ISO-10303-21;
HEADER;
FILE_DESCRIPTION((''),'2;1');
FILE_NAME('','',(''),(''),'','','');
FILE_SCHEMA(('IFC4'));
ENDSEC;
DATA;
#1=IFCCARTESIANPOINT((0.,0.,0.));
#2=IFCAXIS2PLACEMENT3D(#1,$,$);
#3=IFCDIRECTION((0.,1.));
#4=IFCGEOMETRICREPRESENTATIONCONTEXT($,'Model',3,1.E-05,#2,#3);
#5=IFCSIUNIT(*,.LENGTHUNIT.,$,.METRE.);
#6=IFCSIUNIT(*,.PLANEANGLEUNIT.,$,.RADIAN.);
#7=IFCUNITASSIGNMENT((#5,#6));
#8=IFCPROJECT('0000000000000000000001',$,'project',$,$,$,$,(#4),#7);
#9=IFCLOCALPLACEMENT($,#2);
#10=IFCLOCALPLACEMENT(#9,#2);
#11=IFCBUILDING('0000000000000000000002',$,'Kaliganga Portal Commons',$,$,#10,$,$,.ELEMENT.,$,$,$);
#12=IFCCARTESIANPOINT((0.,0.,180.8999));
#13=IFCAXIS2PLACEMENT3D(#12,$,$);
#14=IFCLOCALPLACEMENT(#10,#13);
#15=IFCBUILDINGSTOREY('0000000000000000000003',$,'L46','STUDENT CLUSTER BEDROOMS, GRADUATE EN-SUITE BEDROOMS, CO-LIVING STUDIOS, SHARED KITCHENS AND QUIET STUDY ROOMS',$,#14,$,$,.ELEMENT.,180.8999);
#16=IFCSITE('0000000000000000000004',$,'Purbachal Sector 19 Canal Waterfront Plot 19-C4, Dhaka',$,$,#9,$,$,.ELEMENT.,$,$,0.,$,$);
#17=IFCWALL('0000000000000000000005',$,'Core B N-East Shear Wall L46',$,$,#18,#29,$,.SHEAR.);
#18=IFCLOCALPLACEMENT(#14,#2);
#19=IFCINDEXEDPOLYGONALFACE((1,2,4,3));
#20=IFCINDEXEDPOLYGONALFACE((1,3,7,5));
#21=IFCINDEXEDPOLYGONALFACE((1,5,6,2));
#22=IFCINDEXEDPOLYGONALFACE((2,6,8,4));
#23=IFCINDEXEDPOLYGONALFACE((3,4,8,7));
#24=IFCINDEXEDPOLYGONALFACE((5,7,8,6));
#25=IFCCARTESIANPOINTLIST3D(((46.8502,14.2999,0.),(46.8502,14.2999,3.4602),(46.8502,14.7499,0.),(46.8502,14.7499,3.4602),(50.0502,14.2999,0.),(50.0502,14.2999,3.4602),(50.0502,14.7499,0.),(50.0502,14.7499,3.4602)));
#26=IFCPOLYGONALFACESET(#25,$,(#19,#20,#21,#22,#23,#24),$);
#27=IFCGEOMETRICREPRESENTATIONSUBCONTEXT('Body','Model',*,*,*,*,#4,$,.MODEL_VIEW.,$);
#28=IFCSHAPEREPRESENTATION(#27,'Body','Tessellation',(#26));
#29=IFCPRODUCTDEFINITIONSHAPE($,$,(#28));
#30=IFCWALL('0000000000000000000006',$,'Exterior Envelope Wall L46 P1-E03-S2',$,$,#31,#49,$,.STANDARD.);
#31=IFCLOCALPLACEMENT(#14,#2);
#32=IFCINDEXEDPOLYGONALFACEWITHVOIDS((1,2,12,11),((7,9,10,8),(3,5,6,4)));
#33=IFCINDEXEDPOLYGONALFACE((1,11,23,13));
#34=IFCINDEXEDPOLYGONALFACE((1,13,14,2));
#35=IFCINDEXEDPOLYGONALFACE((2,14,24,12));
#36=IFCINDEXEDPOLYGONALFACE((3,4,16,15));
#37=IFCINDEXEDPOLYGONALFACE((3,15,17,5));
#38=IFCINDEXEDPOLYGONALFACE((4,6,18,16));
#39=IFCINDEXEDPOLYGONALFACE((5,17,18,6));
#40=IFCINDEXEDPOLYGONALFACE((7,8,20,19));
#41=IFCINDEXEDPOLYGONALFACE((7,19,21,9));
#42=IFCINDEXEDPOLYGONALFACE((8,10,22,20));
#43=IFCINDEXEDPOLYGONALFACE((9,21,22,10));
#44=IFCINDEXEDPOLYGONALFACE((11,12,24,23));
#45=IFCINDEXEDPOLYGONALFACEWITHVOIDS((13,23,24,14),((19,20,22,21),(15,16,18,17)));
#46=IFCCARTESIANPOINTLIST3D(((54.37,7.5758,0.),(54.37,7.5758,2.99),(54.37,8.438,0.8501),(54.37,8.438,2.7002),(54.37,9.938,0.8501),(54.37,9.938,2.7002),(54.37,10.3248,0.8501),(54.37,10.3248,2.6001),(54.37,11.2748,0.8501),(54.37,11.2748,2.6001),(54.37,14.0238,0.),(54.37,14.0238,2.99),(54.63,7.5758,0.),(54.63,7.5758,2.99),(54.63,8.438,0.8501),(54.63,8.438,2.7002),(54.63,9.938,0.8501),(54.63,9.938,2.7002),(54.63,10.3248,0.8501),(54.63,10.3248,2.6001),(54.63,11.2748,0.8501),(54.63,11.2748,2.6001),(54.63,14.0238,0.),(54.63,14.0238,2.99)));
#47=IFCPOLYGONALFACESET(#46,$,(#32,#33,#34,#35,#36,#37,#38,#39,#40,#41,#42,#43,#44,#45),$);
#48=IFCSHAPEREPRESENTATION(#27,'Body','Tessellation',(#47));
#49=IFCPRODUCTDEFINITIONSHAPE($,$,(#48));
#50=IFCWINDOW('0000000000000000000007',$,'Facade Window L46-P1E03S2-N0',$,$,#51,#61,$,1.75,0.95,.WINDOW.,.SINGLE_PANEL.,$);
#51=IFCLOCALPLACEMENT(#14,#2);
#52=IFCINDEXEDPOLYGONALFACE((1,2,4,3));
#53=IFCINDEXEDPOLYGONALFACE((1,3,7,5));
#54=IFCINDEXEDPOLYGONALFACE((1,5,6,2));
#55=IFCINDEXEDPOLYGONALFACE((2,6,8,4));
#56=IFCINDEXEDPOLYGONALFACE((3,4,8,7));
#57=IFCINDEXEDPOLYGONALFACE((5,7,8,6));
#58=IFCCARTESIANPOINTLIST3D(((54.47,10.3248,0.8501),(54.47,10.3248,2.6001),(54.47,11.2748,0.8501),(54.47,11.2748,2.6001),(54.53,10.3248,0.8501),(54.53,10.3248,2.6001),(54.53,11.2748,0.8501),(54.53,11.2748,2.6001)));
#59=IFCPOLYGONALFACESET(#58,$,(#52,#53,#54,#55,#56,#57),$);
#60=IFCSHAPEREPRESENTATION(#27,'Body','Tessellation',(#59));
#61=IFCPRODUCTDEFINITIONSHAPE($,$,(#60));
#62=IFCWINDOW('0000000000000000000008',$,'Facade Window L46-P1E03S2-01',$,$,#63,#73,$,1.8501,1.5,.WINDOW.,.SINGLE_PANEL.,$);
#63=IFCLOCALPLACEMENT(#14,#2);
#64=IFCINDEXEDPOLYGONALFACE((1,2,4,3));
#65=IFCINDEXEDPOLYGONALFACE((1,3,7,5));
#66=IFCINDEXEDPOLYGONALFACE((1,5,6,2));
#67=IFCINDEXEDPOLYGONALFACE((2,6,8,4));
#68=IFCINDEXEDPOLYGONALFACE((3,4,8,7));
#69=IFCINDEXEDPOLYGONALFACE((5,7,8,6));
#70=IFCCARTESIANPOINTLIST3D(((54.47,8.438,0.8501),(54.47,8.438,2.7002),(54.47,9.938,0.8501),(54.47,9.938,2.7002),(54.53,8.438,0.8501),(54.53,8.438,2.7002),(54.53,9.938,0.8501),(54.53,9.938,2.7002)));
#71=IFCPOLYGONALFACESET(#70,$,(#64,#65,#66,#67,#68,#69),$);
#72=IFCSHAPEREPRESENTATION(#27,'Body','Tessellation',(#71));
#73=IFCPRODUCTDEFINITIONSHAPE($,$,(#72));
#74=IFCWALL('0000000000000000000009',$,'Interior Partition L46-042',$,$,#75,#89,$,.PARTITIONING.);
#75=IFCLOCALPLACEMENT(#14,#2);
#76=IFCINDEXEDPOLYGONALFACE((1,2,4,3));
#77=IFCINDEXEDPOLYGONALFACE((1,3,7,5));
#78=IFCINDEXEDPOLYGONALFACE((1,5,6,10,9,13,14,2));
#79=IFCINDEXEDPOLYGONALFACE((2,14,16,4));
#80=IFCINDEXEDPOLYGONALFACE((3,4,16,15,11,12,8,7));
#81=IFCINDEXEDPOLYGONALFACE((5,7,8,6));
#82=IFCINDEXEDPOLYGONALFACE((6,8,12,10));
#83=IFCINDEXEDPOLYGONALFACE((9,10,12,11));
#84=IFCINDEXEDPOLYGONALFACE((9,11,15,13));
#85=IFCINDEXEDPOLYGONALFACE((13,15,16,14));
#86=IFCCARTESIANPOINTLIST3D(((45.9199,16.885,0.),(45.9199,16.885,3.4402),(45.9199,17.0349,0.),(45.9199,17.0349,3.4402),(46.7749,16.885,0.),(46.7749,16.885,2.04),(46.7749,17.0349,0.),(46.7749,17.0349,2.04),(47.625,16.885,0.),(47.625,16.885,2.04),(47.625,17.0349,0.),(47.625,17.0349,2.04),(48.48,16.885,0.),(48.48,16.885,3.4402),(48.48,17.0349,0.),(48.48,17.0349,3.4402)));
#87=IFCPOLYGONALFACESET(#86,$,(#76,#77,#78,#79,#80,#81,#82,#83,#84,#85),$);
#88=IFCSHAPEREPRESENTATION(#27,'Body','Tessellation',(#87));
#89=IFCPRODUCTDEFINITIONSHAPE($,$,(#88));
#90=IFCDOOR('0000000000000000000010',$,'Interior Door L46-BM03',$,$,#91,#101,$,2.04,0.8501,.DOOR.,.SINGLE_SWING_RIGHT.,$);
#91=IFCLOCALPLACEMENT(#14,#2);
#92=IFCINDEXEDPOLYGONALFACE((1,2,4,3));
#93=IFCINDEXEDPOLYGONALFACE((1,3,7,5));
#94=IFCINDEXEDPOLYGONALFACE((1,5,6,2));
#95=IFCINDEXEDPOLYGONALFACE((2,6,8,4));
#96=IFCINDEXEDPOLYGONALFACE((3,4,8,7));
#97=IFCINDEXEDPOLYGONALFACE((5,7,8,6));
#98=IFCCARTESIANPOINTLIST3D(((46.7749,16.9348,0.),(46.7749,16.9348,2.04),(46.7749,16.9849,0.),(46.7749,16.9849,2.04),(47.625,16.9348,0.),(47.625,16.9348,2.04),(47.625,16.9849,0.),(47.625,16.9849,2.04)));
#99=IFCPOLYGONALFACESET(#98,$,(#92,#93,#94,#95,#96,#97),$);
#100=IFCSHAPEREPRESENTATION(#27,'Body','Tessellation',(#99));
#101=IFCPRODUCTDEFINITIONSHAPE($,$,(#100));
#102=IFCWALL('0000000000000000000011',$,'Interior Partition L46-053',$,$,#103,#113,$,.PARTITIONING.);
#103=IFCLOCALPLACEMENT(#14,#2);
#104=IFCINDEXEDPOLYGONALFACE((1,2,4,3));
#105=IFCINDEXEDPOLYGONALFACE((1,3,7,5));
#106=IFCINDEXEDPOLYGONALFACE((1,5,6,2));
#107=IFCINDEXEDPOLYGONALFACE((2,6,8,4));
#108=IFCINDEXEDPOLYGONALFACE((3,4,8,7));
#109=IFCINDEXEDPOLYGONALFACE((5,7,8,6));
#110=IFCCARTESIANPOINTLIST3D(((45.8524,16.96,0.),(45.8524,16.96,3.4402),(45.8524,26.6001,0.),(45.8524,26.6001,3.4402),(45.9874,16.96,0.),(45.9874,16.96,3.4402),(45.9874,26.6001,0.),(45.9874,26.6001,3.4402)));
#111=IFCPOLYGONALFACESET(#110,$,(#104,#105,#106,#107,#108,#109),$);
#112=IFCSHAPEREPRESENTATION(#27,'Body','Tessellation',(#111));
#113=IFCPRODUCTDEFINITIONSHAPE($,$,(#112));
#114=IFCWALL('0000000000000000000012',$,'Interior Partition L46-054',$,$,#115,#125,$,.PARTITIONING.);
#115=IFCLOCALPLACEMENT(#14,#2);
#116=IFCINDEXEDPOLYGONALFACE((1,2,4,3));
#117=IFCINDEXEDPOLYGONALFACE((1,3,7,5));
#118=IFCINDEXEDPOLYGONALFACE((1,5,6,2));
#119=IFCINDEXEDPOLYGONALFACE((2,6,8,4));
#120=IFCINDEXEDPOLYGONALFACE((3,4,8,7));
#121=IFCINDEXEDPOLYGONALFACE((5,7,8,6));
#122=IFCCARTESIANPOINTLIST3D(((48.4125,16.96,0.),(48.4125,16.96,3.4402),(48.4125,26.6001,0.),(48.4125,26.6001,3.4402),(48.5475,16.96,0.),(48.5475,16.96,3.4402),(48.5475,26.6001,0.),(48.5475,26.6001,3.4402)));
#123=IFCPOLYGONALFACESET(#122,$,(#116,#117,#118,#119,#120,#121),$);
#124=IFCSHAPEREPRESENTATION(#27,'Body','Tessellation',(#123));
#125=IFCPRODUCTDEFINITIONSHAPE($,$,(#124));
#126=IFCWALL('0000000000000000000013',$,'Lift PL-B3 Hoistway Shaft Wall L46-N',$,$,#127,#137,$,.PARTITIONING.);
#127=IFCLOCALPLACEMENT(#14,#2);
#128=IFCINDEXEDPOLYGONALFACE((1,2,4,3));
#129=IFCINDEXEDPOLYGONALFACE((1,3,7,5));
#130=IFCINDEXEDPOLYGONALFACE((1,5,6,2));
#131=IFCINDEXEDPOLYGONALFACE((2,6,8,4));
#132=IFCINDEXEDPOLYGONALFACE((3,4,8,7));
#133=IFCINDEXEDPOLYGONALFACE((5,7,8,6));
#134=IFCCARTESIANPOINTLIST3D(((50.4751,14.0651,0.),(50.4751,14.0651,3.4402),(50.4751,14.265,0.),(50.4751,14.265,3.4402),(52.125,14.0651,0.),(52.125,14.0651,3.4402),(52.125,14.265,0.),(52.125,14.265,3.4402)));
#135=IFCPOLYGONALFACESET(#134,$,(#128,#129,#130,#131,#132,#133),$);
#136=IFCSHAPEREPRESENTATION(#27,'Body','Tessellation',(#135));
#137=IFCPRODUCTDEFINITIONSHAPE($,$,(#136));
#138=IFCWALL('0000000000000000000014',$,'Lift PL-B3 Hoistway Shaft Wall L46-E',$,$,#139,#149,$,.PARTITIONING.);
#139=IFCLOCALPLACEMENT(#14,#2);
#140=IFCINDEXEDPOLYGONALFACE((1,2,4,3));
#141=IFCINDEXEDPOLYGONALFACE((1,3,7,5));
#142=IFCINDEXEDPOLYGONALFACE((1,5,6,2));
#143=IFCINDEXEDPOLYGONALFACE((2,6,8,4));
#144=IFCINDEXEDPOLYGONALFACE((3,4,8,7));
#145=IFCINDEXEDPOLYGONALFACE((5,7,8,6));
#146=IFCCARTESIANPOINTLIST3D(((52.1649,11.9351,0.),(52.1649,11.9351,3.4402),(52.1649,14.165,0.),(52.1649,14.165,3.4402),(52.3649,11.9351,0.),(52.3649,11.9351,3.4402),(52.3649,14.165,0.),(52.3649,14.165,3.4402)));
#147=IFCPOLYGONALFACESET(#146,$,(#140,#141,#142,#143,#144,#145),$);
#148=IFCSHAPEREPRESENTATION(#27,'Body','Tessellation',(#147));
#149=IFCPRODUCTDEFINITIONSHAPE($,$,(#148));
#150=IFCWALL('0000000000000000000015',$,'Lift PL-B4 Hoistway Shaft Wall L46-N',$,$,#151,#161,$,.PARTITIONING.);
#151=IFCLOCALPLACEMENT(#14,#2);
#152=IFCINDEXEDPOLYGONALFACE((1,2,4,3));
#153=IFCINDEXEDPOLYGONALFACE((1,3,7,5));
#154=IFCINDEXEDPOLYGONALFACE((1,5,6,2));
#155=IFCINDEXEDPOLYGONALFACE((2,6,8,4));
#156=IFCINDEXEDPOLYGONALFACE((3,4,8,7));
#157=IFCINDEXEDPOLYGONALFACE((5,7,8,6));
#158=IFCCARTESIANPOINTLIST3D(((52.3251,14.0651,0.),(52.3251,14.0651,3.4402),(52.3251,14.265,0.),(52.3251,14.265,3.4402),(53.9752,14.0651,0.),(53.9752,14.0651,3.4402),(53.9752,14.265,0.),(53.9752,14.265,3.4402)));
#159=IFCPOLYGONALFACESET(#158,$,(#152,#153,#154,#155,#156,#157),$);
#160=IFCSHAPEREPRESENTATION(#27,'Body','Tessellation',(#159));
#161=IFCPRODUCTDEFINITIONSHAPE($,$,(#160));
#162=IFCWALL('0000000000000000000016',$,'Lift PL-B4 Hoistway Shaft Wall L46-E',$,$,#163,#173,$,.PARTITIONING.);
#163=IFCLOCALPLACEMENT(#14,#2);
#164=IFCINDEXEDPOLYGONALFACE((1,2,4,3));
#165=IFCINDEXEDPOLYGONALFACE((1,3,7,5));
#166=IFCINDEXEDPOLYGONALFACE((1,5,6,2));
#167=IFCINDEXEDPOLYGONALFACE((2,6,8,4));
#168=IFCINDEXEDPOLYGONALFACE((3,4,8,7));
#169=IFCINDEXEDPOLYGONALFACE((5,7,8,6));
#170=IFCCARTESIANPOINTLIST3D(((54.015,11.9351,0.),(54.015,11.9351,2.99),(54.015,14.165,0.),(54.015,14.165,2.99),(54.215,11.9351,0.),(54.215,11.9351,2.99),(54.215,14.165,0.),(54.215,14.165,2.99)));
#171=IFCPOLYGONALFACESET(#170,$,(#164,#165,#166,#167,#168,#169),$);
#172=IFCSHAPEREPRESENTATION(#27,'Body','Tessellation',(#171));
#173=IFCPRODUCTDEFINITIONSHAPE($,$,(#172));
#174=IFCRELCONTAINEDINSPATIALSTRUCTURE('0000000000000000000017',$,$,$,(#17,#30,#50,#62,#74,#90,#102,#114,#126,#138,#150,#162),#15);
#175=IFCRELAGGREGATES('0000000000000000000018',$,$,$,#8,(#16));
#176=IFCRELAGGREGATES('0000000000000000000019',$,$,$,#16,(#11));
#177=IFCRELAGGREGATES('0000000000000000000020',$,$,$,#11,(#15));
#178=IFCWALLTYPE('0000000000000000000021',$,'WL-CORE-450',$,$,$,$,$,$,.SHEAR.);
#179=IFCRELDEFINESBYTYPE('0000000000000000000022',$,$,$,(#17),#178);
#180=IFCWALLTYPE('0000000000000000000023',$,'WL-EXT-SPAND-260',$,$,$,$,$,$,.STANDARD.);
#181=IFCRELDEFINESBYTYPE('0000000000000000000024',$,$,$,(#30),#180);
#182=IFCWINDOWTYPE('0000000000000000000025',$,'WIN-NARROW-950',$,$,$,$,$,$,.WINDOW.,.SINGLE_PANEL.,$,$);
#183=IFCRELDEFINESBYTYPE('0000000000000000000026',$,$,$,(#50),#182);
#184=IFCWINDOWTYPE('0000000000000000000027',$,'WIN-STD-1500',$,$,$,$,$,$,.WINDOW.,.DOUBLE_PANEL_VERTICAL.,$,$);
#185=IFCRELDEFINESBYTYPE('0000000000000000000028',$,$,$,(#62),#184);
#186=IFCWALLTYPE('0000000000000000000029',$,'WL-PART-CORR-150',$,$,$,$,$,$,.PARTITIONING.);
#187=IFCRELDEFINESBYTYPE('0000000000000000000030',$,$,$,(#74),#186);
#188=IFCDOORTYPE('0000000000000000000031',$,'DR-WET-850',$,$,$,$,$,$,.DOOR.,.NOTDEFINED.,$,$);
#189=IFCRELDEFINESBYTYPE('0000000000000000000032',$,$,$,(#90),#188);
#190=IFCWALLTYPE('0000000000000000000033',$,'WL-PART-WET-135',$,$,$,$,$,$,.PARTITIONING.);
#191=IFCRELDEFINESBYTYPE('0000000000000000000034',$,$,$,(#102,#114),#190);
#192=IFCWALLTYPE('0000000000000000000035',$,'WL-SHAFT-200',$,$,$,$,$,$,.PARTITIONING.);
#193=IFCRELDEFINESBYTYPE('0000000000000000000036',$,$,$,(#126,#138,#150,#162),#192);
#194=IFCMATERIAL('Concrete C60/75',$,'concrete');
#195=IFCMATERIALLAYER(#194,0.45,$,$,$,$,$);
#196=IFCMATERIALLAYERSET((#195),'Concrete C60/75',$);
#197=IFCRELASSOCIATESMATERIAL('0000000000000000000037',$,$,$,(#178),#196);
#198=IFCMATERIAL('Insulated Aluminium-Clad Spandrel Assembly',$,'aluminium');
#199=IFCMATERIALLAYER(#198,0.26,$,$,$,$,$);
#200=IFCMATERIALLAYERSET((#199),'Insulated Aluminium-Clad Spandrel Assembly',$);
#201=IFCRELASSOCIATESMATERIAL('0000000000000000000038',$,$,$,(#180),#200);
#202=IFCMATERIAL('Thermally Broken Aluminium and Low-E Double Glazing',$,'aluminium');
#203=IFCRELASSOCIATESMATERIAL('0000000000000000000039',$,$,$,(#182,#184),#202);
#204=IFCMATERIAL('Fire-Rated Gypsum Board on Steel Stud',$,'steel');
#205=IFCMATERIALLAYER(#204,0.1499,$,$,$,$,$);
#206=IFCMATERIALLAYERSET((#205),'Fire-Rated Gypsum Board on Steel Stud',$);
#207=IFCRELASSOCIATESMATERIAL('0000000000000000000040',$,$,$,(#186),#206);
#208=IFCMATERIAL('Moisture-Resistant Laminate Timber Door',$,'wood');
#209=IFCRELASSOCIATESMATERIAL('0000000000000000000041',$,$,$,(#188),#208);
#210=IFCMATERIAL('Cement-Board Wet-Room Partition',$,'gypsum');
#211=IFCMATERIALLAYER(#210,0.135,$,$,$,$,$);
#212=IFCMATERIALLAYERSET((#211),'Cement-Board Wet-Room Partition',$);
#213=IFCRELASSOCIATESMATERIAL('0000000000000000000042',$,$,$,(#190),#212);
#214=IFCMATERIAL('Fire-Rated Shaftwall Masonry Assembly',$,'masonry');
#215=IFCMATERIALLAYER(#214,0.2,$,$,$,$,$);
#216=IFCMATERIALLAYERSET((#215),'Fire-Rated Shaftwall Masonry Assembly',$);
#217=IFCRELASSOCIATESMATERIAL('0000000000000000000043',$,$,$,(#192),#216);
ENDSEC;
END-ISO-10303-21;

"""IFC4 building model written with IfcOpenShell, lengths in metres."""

from ifc_helpers import new_model, si_unit, direction, frame, frame_2d, origin, place, context, subcontext, project, spatial, rectangle, extrude, material, layer, layer_set, type_object, element, fill, save


model = new_model("IFC4")

# Units and contexts
model_context = context("Model", 3, precision=1e-05, world=origin(), true_north=direction((0.0, 1.0)))
body_context = subcontext(model_context, "Body", "Model", "MODEL_VIEW")
ifc_project = project(units=[si_unit("LENGTHUNIT", "METRE"), si_unit("PLANEANGLEUNIT", "RADIAN")], contexts=[model_context])

# Site, building, storey
site_placement = place(None, origin())
site = spatial("IfcSite", under=ifc_project, at=site_placement, Name="Purbachal Sector 19 Canal Waterfront Plot 19-C4, Dhaka", CompositionType="ELEMENT", RefElevation=0.0)
building_placement = place(site_placement, origin())
building = spatial("IfcBuilding", under=site, at=building_placement, Name="Kaliganga Portal Commons", CompositionType="ELEMENT")
storey_placement = place(building_placement, frame((0.0, 0.0, 180.8999)))
storey = spatial("IfcBuildingStorey", under=building, at=storey_placement, Name="L46", Description="STUDENT CLUSTER BEDROOMS, GRADUATE EN-SUITE BEDROOMS, CO-LIVING STUDIOS, SHARED KITCHENS AND QUIET STUDY ROOMS", CompositionType="ELEMENT", Elevation=180.8999)

# Shared definitions
ifc_material_1 = material(Name="Concrete C60/75", Category="concrete")

# Wall
ifc_layer_1 = layer(ifc_material_1, 0.45)
ifc_layer_set_1 = layer_set([ifc_layer_1], Name="Concrete C60/75")
wall_type_1 = type_object("IfcWallType", Name="WL-CORE-450", PredefinedType="SHEAR", material=ifc_layer_set_1)
wall_1_placement = place(storey_placement, frame((46.8501, 14.5249, 0.0), z_axis=(0.0, 0.0, 1.0), x_axis=(1.0, 0.0, 0.0)))
element("IfcWall", 1, at=wall_1_placement, inside=storey, type_object=wall_type_1, Name="Core B N-East Shear Wall L46", PredefinedType="SHEAR", context=body_context, shape_type="SweptSolid", body=[
    extrude(rectangle(XDim=3.2, YDim=0.45, at=frame_2d((1.6001, 0.0))), origin(), (0.0, 0.0, 1.0), 3.4602),
])

# Wall, openings, windows
ifc_material_2 = material(Name="Insulated Aluminium-Clad Spandrel Assembly", Category="aluminium")
ifc_layer_2 = layer(ifc_material_2, 0.26)
ifc_layer_set_2 = layer_set([ifc_layer_2], Name="Insulated Aluminium-Clad Spandrel Assembly")
wall_type_2 = type_object("IfcWallType", Name="WL-EXT-SPAND-260", PredefinedType="STANDARD", material=ifc_layer_set_2)
wall_2_placement = place(storey_placement, frame((54.5, 14.0239, 0.0), z_axis=(0.0, 0.0, 1.0), x_axis=(0.0, -1.0, 0.0)))
wall_2 = element("IfcWall", 2, at=wall_2_placement, inside=storey, type_object=wall_type_2, Name="Exterior Envelope Wall L46 P1-E03-S2", PredefinedType="STANDARD", context=body_context, shape_type="SweptSolid", body=[
    extrude(rectangle(XDim=6.448, YDim=0.26, at=frame_2d((3.2241, 0.0))), origin(), (0.0, 0.0, 1.0), 2.99),
])
opening_1_placement = place(wall_2_placement, frame((4.0859, 0.0, 0.8501)))
opening_1 = element("IfcOpeningElement", 3, at=opening_1_placement, cuts=wall_2, PredefinedType="OPENING", context=body_context, shape_type="SweptSolid", body=[
    extrude(rectangle(XDim=1.5, YDim=1.8501, at=frame_2d((0.75, 0.925))), frame((0.0, 0.1401, 0.0), z_axis=(0.0, -1.0, 0.0), x_axis=(1.0, 0.0, 0.0)), (0.0, 0.0, 1.0), 0.28),
])
opening_2_placement = place(wall_2_placement, frame((2.749, 0.0, 0.8501)))
opening_2 = element("IfcOpeningElement", 4, at=opening_2_placement, cuts=wall_2, PredefinedType="OPENING", context=body_context, shape_type="SweptSolid", body=[
    extrude(rectangle(XDim=0.95, YDim=1.75, at=frame_2d((0.4751, 0.875))), frame((0.0, 0.1401, 0.0), z_axis=(0.0, -1.0, 0.0), x_axis=(1.0, 0.0, 0.0)), (0.0, 0.0, 1.0), 0.28),
])
ifc_material_3 = material(Name="Thermally Broken Aluminium and Low-E Double Glazing", Category="aluminium")
window_type_1 = type_object("IfcWindowType", Name="WIN-NARROW-950", PartitioningType="SINGLE_PANEL", PredefinedType="WINDOW", material=ifc_material_3)
window_1_placement = place(opening_2_placement, origin())
window_1 = element("IfcWindow", 5, at=window_1_placement, inside=storey, type_object=window_type_1, Name="Facade Window L46-P1E03S2-N0", OverallHeight=1.75, OverallWidth=0.95, PartitioningType="SINGLE_PANEL", PredefinedType="WINDOW", context=body_context, shape_type="SweptSolid", body=[
    extrude(rectangle(XDim=0.95, YDim=1.75, at=frame_2d((0.4751, 0.875))), frame((0.0, 0.03, 0.0), z_axis=(0.0, -1.0, 0.0), x_axis=(1.0, 0.0, 0.0)), (0.0, 0.0, 1.0), 0.0601),
])
fill(opening_2, window_1)
window_type_2 = type_object("IfcWindowType", Name="WIN-STD-1500", PartitioningType="DOUBLE_PANEL_VERTICAL", PredefinedType="WINDOW", material=ifc_material_3)
window_2_placement = place(opening_1_placement, origin())
window_2 = element("IfcWindow", 6, at=window_2_placement, inside=storey, type_object=window_type_2, Name="Facade Window L46-P1E03S2-01", OverallHeight=1.8501, OverallWidth=1.5, PartitioningType="SINGLE_PANEL", PredefinedType="WINDOW", context=body_context, shape_type="SweptSolid", body=[
    extrude(rectangle(XDim=1.5, YDim=1.8501, at=frame_2d((0.75, 0.925))), frame((0.0, 0.03, 0.0), z_axis=(0.0, -1.0, 0.0), x_axis=(1.0, 0.0, 0.0)), (0.0, 0.0, 1.0), 0.0601),
])
fill(opening_1, window_2)

# Wall, opening, door
ifc_material_4 = material(Name="Fire-Rated Gypsum Board on Steel Stud", Category="steel")
ifc_layer_3 = layer(ifc_material_4, 0.1499)
ifc_layer_set_3 = layer_set([ifc_layer_3], Name="Fire-Rated Gypsum Board on Steel Stud")
wall_type_3 = type_object("IfcWallType", Name="WL-PART-CORR-150", PredefinedType="PARTITIONING", material=ifc_layer_set_3)
wall_3_placement = place(storey_placement, frame((45.9199, 16.96, 0.0), z_axis=(0.0, 0.0, 1.0), x_axis=(1.0, 0.0, 0.0)))
wall_3 = element("IfcWall", 7, at=wall_3_placement, inside=storey, type_object=wall_type_3, Name="Interior Partition L46-042", PredefinedType="PARTITIONING", context=body_context, shape_type="SweptSolid", body=[
    extrude(rectangle(XDim=2.5601, YDim=0.1499, at=frame_2d((1.28, 0.0))), origin(), (0.0, 0.0, 1.0), 3.4402),
])
opening_3_placement = place(wall_3_placement, frame((0.855, 0.0, 0.0)))
opening_3 = element("IfcOpeningElement", 8, at=opening_3_placement, cuts=wall_3, PredefinedType="OPENING", context=body_context, shape_type="SweptSolid", body=[
    extrude(rectangle(XDim=0.8501, YDim=2.04, at=frame_2d((0.425, 1.02))), frame((0.0, 0.085, 0.0), z_axis=(0.0, -1.0, 0.0), x_axis=(1.0, 0.0, 0.0)), (0.0, 0.0, 1.0), 0.1699),
])
ifc_material_5 = material(Name="Moisture-Resistant Laminate Timber Door", Category="wood")
door_type_1 = type_object("IfcDoorType", Name="DR-WET-850", OperationType="NOTDEFINED", PredefinedType="DOOR", material=ifc_material_5)
door_1_placement = place(opening_3_placement, origin())
door_1 = element("IfcDoor", 9, at=door_1_placement, inside=storey, type_object=door_type_1, Name="Interior Door L46-BM03", OperationType="SINGLE_SWING_RIGHT", OverallHeight=2.04, OverallWidth=0.8501, PredefinedType="DOOR", context=body_context, shape_type="SweptSolid", body=[
    extrude(rectangle(XDim=0.8501, YDim=2.04, at=frame_2d((0.425, 1.02))), frame((0.0, 0.0249, 0.0), z_axis=(0.0, -1.0, 0.0), x_axis=(1.0, 0.0, 0.0)), (0.0, 0.0, 1.0), 0.05),
])
fill(opening_3, door_1)

# Walls
ifc_material_6 = material(Name="Cement-Board Wet-Room Partition", Category="gypsum")
ifc_layer_4 = layer(ifc_material_6, 0.135)
ifc_layer_set_4 = layer_set([ifc_layer_4], Name="Cement-Board Wet-Room Partition")
wall_type_4 = type_object("IfcWallType", Name="WL-PART-WET-135", PredefinedType="PARTITIONING", material=ifc_layer_set_4)
for number, where, z_axis, x_axis, name in (
    (10, (45.9199, 16.96, 0.0), (0.0, 0.0, 1.0), (0.0, 1.0, 0.0), "Interior Partition L46-053"),
    (11, (48.48, 16.96, 0.0), (0.0, 0.0, 1.0), (0.0, 1.0, 0.0), "Interior Partition L46-054"),
):
    element("IfcWall", number, at=place(storey_placement, frame(where, z_axis=z_axis, x_axis=x_axis)), inside=storey, type_object=wall_type_4, Name=name, PredefinedType="PARTITIONING", context=body_context, shape_type="SweptSolid", body=[
        extrude(rectangle(XDim=9.6401, YDim=0.135, at=frame_2d((4.8201, 0.0))), origin(), (0.0, 0.0, 1.0), 3.4402),
    ])

# Shared definitions
ifc_material_7 = material(Name="Fire-Rated Shaftwall Masonry Assembly", Category="masonry")
ifc_layer_5 = layer(ifc_material_7, 0.2)
ifc_layer_set_5 = layer_set([ifc_layer_5], Name="Fire-Rated Shaftwall Masonry Assembly")
wall_type_5 = type_object("IfcWallType", Name="WL-SHAFT-200", PredefinedType="PARTITIONING", material=ifc_layer_set_5)

# Walls
wall_4_placement = place(storey_placement, frame((50.4751, 14.165, 0.0), z_axis=(0.0, 0.0, 1.0), x_axis=(1.0, 0.0, 0.0)))
element("IfcWall", 12, at=wall_4_placement, inside=storey, type_object=wall_type_5, Name="Lift PL-B3 Hoistway Shaft Wall L46-N", PredefinedType="PARTITIONING", context=body_context, shape_type="SweptSolid", body=[
    extrude(rectangle(XDim=1.6499, YDim=0.2, at=frame_2d((0.825, 0.0))), origin(), (0.0, 0.0, 1.0), 3.4402),
])
wall_5_placement = place(storey_placement, frame((52.2649, 11.9351, 0.0), z_axis=(0.0, 0.0, 1.0), x_axis=(0.0, 1.0, 0.0)))
element("IfcWall", 13, at=wall_5_placement, inside=storey, type_object=wall_type_5, Name="Lift PL-B3 Hoistway Shaft Wall L46-E", PredefinedType="PARTITIONING", context=body_context, shape_type="SweptSolid", body=[
    extrude(rectangle(XDim=2.23, YDim=0.2, at=frame_2d((1.115, 0.0))), origin(), (0.0, 0.0, 1.0), 3.4402),
])

# Walls
wall_6_placement = place(storey_placement, frame((52.325, 14.165, 0.0), z_axis=(0.0, 0.0, 1.0), x_axis=(1.0, 0.0, 0.0)))
element("IfcWall", 14, at=wall_6_placement, inside=storey, type_object=wall_type_5, Name="Lift PL-B4 Hoistway Shaft Wall L46-N", PredefinedType="PARTITIONING", context=body_context, shape_type="SweptSolid", body=[
    extrude(rectangle(XDim=1.6501, YDim=0.2, at=frame_2d((0.8252, 0.0))), origin(), (0.0, 0.0, 1.0), 3.4402),
])
wall_7_placement = place(storey_placement, frame((54.115, 11.9351, 0.0), z_axis=(0.0, 0.0, 1.0), x_axis=(0.0, 1.0, 0.0)))
element("IfcWall", 15, at=wall_7_placement, inside=storey, type_object=wall_type_5, Name="Lift PL-B4 Hoistway Shaft Wall L46-E", PredefinedType="PARTITIONING", context=body_context, shape_type="SweptSolid", body=[
    extrude(rectangle(XDim=2.23, YDim=0.2, at=frame_2d((1.115, 0.0))), origin(), (0.0, 0.0, 1.0), 2.99),
])

save(model, "model.ifc")
